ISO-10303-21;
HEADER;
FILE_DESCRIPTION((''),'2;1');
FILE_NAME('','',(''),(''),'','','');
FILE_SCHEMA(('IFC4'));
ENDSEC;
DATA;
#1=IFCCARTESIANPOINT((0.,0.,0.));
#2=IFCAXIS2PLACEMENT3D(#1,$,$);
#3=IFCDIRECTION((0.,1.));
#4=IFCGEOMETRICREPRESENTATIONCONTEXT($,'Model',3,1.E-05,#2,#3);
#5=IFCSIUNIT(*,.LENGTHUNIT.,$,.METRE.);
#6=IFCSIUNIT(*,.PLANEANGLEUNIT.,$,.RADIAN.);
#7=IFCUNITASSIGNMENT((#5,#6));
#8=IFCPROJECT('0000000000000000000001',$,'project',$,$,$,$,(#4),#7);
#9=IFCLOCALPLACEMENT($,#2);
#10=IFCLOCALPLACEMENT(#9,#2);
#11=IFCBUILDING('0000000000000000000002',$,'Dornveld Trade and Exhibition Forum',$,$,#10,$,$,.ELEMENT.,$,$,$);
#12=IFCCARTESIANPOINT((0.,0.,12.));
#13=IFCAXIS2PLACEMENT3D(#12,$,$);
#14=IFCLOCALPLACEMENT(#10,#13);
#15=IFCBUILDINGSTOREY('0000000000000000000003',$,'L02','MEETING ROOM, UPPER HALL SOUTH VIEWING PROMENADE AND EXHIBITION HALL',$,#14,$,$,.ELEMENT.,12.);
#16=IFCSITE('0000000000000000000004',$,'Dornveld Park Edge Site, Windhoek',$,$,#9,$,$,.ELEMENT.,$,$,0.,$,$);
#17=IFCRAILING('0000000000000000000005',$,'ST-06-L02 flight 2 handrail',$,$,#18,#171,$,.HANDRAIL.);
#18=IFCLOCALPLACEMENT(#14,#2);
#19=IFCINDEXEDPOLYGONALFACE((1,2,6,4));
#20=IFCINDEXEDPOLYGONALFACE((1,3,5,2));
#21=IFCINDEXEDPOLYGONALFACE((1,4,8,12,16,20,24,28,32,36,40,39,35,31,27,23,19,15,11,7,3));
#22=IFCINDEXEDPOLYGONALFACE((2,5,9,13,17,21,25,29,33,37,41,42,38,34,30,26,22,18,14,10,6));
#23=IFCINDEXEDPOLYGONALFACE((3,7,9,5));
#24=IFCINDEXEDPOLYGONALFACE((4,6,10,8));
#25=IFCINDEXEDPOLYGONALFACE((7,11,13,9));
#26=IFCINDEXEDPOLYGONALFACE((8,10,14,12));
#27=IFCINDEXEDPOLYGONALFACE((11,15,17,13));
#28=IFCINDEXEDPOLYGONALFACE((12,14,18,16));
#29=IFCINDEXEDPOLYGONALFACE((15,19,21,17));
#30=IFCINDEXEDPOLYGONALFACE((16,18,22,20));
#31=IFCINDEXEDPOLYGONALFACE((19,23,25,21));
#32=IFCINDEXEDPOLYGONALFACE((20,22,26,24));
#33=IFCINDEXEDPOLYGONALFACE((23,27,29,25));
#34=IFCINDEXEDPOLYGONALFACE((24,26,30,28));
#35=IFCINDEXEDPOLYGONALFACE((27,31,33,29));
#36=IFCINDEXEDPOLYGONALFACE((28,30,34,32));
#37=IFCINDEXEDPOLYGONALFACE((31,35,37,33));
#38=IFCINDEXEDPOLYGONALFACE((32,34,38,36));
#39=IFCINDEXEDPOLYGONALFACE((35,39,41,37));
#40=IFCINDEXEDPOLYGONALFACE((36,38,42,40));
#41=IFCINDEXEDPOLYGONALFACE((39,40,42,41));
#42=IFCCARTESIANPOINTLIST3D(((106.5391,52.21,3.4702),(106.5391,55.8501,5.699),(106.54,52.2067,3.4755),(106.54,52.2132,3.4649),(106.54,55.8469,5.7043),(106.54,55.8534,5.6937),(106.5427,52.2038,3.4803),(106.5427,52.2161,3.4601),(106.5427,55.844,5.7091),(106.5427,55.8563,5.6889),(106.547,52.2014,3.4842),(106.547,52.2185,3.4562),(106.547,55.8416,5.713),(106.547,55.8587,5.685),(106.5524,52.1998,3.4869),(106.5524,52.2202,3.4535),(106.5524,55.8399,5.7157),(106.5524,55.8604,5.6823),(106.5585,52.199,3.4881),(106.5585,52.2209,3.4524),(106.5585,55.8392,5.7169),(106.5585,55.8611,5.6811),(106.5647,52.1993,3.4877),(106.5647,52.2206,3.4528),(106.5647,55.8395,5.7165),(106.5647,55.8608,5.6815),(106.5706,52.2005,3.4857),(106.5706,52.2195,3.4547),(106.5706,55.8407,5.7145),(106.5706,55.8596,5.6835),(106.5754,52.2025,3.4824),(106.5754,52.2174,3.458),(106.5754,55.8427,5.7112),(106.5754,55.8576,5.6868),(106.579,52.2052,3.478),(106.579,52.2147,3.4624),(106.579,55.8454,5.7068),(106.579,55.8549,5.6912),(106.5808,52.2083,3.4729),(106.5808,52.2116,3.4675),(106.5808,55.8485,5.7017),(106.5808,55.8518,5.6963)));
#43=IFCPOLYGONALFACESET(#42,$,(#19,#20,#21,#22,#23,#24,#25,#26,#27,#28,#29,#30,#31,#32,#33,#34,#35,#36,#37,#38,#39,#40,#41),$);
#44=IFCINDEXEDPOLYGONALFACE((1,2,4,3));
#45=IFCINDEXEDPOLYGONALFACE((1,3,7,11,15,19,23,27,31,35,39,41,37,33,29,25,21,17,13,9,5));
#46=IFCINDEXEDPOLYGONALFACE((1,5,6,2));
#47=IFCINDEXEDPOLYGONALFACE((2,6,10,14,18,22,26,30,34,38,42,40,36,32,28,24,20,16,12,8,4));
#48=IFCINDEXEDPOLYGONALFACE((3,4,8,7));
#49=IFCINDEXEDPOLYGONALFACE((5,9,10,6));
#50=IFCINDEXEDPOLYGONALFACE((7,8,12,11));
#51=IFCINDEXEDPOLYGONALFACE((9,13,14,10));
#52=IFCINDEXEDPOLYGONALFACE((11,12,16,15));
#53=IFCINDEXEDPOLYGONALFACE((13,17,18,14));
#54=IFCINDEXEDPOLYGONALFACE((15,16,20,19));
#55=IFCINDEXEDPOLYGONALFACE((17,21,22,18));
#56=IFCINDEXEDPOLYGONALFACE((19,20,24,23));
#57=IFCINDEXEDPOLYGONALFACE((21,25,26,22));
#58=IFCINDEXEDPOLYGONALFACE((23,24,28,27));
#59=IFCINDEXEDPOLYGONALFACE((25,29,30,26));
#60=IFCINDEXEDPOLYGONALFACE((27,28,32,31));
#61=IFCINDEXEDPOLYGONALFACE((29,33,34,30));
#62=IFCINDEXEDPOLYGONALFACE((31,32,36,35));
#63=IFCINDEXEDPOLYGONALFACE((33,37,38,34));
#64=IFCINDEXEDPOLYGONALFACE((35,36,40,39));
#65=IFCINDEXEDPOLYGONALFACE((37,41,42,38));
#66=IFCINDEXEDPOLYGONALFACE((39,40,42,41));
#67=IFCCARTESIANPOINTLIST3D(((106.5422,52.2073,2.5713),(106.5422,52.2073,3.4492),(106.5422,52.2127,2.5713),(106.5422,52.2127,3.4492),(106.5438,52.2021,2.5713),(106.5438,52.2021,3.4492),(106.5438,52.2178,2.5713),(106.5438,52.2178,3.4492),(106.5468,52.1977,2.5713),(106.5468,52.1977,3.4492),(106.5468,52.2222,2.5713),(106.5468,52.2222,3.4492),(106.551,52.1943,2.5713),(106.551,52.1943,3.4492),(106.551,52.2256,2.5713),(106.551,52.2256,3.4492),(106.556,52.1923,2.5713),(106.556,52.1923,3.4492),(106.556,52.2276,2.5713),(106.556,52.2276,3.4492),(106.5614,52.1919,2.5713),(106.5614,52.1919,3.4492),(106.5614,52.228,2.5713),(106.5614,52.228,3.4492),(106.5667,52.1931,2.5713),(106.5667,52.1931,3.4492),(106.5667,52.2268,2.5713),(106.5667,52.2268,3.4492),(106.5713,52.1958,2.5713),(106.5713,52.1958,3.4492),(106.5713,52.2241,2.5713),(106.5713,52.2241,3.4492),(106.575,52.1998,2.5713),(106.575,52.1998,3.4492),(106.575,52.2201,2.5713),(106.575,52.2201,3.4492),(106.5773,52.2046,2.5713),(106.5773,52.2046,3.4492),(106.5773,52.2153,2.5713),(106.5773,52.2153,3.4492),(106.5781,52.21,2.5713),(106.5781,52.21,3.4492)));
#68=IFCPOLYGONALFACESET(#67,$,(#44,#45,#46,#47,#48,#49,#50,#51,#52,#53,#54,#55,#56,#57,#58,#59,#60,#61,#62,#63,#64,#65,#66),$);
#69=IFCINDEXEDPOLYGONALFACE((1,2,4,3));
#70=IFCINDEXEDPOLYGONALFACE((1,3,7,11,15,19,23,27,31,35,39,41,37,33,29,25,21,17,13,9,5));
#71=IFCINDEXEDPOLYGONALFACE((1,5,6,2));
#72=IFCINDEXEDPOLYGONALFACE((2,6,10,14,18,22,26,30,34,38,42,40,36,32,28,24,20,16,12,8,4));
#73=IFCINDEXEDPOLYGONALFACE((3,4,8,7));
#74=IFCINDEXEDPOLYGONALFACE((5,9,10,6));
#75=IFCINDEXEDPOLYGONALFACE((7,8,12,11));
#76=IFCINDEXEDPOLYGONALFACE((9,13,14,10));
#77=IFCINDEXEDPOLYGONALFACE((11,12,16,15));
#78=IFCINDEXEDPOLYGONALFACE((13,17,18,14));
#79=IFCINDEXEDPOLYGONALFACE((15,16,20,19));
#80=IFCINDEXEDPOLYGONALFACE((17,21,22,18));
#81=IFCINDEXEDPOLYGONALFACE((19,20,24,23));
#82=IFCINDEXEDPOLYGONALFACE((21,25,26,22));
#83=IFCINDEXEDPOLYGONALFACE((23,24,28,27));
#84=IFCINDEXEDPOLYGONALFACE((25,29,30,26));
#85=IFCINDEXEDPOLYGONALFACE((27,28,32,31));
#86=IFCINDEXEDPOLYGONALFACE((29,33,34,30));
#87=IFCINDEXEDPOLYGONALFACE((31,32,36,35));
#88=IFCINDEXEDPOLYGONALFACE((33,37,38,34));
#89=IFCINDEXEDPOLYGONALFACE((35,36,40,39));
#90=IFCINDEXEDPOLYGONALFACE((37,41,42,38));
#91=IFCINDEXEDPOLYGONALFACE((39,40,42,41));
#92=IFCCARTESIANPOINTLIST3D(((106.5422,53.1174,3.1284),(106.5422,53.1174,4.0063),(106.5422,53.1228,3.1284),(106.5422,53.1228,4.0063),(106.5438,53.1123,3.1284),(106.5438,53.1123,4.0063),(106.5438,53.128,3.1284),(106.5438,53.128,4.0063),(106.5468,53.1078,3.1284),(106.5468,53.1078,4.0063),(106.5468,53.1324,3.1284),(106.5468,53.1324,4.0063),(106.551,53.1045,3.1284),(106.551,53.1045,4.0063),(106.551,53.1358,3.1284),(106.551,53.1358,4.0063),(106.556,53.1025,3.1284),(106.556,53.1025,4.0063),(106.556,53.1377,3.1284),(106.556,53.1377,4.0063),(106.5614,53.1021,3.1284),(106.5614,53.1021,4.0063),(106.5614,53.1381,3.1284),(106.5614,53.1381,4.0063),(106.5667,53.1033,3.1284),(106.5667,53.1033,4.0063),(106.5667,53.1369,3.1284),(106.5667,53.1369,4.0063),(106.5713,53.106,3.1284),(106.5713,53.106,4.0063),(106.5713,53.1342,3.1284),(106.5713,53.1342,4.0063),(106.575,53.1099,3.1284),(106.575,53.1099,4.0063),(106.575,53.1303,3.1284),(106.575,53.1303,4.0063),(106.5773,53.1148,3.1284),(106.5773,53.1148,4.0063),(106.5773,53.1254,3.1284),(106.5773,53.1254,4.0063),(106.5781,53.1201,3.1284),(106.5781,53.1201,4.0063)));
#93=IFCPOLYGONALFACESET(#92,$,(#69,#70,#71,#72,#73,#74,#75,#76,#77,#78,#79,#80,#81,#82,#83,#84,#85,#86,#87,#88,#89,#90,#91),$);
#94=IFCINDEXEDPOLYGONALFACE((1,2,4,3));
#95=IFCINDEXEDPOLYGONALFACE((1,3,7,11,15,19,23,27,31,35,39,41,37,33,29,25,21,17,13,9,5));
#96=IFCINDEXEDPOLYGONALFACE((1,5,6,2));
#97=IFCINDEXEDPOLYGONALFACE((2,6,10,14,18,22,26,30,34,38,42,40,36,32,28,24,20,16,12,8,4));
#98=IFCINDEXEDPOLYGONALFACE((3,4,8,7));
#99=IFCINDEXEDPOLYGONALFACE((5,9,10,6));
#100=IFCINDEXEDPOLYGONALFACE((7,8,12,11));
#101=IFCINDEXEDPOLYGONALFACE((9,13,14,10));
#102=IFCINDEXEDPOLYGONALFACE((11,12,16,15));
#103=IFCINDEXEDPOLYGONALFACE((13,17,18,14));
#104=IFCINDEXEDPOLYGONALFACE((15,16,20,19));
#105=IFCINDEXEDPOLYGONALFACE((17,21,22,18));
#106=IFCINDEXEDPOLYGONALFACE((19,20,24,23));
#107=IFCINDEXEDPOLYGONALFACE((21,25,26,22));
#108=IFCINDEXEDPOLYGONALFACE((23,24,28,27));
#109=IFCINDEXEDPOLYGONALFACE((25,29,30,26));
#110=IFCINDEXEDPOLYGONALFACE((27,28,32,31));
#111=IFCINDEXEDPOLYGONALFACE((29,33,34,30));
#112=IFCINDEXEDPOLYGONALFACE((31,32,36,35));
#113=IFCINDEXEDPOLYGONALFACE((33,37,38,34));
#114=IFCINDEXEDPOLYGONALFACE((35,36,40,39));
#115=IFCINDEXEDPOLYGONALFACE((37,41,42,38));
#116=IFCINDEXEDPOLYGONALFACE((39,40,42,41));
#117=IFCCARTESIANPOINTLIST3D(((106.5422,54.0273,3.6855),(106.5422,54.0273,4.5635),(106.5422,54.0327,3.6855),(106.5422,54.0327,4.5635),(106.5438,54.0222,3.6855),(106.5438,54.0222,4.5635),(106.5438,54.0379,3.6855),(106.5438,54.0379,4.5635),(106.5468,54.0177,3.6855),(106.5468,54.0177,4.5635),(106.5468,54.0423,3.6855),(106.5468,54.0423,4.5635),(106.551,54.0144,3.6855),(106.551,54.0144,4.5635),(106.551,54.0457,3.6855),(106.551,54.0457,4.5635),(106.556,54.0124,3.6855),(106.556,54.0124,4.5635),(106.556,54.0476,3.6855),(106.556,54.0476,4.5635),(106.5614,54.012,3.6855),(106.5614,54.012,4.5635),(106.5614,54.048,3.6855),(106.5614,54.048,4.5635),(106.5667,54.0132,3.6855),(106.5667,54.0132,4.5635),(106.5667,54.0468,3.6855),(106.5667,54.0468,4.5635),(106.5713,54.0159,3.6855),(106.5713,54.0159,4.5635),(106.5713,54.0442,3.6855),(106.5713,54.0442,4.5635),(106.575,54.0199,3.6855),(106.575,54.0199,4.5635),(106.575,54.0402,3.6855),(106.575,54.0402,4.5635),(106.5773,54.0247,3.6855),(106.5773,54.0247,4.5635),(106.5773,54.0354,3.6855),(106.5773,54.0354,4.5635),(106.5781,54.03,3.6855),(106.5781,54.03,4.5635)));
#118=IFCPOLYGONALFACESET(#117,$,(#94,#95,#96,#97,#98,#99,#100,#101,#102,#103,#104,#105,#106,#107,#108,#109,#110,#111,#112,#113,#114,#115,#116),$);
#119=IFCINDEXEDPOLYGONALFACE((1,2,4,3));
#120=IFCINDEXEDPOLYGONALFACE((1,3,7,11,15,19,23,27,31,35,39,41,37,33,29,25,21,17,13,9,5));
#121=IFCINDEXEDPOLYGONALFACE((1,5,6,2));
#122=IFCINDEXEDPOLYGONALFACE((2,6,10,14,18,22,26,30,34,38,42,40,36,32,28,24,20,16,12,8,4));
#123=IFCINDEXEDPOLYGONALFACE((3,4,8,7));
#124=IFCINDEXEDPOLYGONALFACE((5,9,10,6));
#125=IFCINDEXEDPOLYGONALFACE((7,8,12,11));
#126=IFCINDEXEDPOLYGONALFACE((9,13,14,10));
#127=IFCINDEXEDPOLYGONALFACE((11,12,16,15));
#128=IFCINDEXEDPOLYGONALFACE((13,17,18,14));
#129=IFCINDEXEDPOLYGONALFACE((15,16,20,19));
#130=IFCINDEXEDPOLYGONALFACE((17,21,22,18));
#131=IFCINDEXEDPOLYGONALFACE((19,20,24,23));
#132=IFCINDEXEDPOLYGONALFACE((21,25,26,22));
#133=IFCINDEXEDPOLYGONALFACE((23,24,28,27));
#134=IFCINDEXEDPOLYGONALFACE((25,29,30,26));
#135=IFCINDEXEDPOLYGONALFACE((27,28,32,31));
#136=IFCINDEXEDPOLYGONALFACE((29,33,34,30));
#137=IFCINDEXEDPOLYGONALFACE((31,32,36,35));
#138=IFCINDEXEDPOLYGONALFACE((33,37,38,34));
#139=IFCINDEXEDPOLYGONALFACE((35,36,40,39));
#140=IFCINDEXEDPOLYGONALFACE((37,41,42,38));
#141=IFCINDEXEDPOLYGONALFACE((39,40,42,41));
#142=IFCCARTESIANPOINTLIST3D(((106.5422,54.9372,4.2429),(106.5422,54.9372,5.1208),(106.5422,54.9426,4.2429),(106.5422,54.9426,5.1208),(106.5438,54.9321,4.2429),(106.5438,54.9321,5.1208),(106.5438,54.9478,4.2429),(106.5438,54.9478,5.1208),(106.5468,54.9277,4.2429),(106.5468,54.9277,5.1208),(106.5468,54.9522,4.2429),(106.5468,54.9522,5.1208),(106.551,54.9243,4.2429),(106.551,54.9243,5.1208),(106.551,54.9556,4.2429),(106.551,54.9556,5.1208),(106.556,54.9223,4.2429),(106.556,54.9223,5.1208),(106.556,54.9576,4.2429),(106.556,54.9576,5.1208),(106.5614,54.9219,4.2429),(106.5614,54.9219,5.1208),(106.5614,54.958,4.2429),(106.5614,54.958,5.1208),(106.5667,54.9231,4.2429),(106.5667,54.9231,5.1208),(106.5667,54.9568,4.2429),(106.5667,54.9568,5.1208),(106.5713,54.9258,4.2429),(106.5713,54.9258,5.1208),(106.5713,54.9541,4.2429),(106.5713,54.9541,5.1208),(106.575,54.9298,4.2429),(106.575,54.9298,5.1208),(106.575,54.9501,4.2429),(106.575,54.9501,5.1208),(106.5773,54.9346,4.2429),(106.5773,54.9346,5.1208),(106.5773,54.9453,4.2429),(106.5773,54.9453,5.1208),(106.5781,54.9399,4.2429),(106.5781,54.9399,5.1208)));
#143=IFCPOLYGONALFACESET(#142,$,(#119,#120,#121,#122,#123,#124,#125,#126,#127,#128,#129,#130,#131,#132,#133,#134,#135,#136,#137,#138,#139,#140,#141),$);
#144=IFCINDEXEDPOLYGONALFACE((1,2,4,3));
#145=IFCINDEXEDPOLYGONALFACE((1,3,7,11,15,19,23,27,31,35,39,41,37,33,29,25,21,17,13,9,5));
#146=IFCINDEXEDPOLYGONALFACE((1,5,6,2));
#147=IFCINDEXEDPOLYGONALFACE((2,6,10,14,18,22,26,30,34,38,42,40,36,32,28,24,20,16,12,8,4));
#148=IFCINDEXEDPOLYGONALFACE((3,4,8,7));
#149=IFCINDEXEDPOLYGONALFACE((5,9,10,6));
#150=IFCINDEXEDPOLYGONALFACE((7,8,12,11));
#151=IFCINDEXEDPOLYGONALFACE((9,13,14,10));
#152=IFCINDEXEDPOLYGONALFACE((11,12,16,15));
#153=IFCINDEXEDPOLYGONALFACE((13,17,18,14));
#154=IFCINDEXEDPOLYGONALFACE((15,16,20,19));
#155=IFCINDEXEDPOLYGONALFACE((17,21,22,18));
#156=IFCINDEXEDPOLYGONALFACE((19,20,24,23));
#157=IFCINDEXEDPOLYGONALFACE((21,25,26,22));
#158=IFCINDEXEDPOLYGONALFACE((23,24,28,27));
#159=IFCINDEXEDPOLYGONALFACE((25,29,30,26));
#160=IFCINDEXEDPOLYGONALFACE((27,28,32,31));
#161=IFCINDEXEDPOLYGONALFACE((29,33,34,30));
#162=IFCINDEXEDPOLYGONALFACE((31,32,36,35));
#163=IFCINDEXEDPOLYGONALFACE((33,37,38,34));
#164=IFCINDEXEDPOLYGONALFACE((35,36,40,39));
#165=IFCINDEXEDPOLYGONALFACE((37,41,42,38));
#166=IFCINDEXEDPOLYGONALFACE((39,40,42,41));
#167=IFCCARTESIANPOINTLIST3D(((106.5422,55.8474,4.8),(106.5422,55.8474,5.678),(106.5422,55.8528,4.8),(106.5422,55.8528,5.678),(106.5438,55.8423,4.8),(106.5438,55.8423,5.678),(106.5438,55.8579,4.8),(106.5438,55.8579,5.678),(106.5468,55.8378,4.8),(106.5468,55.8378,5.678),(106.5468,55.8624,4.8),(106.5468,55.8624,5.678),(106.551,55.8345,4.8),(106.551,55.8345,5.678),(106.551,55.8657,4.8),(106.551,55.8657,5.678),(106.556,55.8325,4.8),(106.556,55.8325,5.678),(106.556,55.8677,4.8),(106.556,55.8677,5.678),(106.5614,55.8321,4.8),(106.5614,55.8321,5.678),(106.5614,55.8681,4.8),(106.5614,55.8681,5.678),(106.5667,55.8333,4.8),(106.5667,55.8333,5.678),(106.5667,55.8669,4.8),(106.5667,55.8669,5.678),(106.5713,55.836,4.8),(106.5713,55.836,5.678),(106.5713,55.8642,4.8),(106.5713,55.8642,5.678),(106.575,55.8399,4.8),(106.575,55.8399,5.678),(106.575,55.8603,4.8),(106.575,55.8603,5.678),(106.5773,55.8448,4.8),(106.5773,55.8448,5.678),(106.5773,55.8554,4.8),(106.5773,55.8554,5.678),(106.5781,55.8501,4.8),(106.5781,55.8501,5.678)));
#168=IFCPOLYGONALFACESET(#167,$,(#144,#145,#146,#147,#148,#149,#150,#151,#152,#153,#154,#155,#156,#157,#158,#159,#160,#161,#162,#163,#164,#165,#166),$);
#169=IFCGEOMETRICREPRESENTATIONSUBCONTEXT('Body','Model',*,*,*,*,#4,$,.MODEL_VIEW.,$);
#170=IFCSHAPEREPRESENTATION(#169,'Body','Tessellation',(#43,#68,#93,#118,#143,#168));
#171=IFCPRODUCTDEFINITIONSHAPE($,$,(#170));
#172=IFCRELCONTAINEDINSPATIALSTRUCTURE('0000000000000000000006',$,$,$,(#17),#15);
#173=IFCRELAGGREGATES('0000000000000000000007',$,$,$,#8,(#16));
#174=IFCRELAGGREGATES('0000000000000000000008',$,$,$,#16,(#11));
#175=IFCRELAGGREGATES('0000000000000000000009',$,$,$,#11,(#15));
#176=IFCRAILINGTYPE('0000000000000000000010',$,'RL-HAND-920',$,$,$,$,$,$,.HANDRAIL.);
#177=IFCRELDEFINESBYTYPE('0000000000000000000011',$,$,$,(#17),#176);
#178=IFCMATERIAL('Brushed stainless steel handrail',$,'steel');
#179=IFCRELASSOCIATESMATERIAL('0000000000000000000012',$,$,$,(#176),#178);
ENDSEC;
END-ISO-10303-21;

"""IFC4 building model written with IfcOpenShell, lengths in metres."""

from ifc_helpers import new_model, si_unit, direction, frame, origin, origin_2d, place, context, subcontext, project, spatial, circle, extrude, material, type_object, element, save


model = new_model("IFC4")

# Units and contexts
model_context = context("Model", 3, precision=1e-05, world=origin(), true_north=direction((0.0, 1.0)))
body_context = subcontext(model_context, "Body", "Model", "MODEL_VIEW")
ifc_project = project(units=[si_unit("LENGTHUNIT", "METRE"), si_unit("PLANEANGLEUNIT", "RADIAN")], contexts=[model_context])

# Site, building, storey
site_placement = place(None, origin())
site = spatial("IfcSite", under=ifc_project, at=site_placement, Name="Dornveld Park Edge Site, Windhoek", CompositionType="ELEMENT", RefElevation=0.0)
building_placement = place(site_placement, origin())
building = spatial("IfcBuilding", under=site, at=building_placement, Name="Dornveld Trade and Exhibition Forum", CompositionType="ELEMENT")
storey_placement = place(building_placement, frame((0.0, 0.0, 12.0)))
storey = spatial("IfcBuildingStorey", under=building, at=storey_placement, Name="L02", Description="MEETING ROOM, UPPER HALL SOUTH VIEWING PROMENADE AND EXHIBITION HALL", CompositionType="ELEMENT", Elevation=12.0)

# Railing
ifc_material_1 = material(Name="Brushed stainless steel handrail", Category="steel")
railing_type_1 = type_object("IfcRailingType", Name="RL-HAND-920", PredefinedType="HANDRAIL", material=ifc_material_1)
railing_1_placement = place(storey_placement, frame((106.5601, 52.21, 2.5713)))
element("IfcRailing", 1, at=railing_1_placement, inside=storey, type_object=railing_type_1, Name="ST-06-L02 flight 2 handrail", PredefinedType="HANDRAIL", context=body_context, shape_type="SweptSolid", body=[
    extrude(circle(Radius=0.021, at=origin_2d()), frame((0.0, 0.0, 0.8989), z_axis=(0.0, 0.85284, 0.522172), x_axis=(-1.0, 0.0, 0.0)), (0.0, 0.0, 1.0), 4.2683),
    extrude(circle(Radius=0.0181, at=origin_2d()), origin(), (0.0, 0.0, 1.0), 0.8779),
    extrude(circle(Radius=0.0181, at=origin_2d()), frame((0.0, 0.9102, 0.5571)), (0.0, 0.0, 1.0), 0.8779),
    extrude(circle(Radius=0.0181, at=origin_2d()), frame((0.0, 1.8201, 1.1143)), (0.0, 0.0, 1.0), 0.8779),
    extrude(circle(Radius=0.0181, at=origin_2d()), frame((0.0, 2.73, 1.6716)), (0.0, 0.0, 1.0), 0.8779),
    extrude(circle(Radius=0.0181, at=origin_2d()), frame((0.0, 3.6401, 2.2288)), (0.0, 0.0, 1.0), 0.8779),
])

save(model, "model.ifc")
